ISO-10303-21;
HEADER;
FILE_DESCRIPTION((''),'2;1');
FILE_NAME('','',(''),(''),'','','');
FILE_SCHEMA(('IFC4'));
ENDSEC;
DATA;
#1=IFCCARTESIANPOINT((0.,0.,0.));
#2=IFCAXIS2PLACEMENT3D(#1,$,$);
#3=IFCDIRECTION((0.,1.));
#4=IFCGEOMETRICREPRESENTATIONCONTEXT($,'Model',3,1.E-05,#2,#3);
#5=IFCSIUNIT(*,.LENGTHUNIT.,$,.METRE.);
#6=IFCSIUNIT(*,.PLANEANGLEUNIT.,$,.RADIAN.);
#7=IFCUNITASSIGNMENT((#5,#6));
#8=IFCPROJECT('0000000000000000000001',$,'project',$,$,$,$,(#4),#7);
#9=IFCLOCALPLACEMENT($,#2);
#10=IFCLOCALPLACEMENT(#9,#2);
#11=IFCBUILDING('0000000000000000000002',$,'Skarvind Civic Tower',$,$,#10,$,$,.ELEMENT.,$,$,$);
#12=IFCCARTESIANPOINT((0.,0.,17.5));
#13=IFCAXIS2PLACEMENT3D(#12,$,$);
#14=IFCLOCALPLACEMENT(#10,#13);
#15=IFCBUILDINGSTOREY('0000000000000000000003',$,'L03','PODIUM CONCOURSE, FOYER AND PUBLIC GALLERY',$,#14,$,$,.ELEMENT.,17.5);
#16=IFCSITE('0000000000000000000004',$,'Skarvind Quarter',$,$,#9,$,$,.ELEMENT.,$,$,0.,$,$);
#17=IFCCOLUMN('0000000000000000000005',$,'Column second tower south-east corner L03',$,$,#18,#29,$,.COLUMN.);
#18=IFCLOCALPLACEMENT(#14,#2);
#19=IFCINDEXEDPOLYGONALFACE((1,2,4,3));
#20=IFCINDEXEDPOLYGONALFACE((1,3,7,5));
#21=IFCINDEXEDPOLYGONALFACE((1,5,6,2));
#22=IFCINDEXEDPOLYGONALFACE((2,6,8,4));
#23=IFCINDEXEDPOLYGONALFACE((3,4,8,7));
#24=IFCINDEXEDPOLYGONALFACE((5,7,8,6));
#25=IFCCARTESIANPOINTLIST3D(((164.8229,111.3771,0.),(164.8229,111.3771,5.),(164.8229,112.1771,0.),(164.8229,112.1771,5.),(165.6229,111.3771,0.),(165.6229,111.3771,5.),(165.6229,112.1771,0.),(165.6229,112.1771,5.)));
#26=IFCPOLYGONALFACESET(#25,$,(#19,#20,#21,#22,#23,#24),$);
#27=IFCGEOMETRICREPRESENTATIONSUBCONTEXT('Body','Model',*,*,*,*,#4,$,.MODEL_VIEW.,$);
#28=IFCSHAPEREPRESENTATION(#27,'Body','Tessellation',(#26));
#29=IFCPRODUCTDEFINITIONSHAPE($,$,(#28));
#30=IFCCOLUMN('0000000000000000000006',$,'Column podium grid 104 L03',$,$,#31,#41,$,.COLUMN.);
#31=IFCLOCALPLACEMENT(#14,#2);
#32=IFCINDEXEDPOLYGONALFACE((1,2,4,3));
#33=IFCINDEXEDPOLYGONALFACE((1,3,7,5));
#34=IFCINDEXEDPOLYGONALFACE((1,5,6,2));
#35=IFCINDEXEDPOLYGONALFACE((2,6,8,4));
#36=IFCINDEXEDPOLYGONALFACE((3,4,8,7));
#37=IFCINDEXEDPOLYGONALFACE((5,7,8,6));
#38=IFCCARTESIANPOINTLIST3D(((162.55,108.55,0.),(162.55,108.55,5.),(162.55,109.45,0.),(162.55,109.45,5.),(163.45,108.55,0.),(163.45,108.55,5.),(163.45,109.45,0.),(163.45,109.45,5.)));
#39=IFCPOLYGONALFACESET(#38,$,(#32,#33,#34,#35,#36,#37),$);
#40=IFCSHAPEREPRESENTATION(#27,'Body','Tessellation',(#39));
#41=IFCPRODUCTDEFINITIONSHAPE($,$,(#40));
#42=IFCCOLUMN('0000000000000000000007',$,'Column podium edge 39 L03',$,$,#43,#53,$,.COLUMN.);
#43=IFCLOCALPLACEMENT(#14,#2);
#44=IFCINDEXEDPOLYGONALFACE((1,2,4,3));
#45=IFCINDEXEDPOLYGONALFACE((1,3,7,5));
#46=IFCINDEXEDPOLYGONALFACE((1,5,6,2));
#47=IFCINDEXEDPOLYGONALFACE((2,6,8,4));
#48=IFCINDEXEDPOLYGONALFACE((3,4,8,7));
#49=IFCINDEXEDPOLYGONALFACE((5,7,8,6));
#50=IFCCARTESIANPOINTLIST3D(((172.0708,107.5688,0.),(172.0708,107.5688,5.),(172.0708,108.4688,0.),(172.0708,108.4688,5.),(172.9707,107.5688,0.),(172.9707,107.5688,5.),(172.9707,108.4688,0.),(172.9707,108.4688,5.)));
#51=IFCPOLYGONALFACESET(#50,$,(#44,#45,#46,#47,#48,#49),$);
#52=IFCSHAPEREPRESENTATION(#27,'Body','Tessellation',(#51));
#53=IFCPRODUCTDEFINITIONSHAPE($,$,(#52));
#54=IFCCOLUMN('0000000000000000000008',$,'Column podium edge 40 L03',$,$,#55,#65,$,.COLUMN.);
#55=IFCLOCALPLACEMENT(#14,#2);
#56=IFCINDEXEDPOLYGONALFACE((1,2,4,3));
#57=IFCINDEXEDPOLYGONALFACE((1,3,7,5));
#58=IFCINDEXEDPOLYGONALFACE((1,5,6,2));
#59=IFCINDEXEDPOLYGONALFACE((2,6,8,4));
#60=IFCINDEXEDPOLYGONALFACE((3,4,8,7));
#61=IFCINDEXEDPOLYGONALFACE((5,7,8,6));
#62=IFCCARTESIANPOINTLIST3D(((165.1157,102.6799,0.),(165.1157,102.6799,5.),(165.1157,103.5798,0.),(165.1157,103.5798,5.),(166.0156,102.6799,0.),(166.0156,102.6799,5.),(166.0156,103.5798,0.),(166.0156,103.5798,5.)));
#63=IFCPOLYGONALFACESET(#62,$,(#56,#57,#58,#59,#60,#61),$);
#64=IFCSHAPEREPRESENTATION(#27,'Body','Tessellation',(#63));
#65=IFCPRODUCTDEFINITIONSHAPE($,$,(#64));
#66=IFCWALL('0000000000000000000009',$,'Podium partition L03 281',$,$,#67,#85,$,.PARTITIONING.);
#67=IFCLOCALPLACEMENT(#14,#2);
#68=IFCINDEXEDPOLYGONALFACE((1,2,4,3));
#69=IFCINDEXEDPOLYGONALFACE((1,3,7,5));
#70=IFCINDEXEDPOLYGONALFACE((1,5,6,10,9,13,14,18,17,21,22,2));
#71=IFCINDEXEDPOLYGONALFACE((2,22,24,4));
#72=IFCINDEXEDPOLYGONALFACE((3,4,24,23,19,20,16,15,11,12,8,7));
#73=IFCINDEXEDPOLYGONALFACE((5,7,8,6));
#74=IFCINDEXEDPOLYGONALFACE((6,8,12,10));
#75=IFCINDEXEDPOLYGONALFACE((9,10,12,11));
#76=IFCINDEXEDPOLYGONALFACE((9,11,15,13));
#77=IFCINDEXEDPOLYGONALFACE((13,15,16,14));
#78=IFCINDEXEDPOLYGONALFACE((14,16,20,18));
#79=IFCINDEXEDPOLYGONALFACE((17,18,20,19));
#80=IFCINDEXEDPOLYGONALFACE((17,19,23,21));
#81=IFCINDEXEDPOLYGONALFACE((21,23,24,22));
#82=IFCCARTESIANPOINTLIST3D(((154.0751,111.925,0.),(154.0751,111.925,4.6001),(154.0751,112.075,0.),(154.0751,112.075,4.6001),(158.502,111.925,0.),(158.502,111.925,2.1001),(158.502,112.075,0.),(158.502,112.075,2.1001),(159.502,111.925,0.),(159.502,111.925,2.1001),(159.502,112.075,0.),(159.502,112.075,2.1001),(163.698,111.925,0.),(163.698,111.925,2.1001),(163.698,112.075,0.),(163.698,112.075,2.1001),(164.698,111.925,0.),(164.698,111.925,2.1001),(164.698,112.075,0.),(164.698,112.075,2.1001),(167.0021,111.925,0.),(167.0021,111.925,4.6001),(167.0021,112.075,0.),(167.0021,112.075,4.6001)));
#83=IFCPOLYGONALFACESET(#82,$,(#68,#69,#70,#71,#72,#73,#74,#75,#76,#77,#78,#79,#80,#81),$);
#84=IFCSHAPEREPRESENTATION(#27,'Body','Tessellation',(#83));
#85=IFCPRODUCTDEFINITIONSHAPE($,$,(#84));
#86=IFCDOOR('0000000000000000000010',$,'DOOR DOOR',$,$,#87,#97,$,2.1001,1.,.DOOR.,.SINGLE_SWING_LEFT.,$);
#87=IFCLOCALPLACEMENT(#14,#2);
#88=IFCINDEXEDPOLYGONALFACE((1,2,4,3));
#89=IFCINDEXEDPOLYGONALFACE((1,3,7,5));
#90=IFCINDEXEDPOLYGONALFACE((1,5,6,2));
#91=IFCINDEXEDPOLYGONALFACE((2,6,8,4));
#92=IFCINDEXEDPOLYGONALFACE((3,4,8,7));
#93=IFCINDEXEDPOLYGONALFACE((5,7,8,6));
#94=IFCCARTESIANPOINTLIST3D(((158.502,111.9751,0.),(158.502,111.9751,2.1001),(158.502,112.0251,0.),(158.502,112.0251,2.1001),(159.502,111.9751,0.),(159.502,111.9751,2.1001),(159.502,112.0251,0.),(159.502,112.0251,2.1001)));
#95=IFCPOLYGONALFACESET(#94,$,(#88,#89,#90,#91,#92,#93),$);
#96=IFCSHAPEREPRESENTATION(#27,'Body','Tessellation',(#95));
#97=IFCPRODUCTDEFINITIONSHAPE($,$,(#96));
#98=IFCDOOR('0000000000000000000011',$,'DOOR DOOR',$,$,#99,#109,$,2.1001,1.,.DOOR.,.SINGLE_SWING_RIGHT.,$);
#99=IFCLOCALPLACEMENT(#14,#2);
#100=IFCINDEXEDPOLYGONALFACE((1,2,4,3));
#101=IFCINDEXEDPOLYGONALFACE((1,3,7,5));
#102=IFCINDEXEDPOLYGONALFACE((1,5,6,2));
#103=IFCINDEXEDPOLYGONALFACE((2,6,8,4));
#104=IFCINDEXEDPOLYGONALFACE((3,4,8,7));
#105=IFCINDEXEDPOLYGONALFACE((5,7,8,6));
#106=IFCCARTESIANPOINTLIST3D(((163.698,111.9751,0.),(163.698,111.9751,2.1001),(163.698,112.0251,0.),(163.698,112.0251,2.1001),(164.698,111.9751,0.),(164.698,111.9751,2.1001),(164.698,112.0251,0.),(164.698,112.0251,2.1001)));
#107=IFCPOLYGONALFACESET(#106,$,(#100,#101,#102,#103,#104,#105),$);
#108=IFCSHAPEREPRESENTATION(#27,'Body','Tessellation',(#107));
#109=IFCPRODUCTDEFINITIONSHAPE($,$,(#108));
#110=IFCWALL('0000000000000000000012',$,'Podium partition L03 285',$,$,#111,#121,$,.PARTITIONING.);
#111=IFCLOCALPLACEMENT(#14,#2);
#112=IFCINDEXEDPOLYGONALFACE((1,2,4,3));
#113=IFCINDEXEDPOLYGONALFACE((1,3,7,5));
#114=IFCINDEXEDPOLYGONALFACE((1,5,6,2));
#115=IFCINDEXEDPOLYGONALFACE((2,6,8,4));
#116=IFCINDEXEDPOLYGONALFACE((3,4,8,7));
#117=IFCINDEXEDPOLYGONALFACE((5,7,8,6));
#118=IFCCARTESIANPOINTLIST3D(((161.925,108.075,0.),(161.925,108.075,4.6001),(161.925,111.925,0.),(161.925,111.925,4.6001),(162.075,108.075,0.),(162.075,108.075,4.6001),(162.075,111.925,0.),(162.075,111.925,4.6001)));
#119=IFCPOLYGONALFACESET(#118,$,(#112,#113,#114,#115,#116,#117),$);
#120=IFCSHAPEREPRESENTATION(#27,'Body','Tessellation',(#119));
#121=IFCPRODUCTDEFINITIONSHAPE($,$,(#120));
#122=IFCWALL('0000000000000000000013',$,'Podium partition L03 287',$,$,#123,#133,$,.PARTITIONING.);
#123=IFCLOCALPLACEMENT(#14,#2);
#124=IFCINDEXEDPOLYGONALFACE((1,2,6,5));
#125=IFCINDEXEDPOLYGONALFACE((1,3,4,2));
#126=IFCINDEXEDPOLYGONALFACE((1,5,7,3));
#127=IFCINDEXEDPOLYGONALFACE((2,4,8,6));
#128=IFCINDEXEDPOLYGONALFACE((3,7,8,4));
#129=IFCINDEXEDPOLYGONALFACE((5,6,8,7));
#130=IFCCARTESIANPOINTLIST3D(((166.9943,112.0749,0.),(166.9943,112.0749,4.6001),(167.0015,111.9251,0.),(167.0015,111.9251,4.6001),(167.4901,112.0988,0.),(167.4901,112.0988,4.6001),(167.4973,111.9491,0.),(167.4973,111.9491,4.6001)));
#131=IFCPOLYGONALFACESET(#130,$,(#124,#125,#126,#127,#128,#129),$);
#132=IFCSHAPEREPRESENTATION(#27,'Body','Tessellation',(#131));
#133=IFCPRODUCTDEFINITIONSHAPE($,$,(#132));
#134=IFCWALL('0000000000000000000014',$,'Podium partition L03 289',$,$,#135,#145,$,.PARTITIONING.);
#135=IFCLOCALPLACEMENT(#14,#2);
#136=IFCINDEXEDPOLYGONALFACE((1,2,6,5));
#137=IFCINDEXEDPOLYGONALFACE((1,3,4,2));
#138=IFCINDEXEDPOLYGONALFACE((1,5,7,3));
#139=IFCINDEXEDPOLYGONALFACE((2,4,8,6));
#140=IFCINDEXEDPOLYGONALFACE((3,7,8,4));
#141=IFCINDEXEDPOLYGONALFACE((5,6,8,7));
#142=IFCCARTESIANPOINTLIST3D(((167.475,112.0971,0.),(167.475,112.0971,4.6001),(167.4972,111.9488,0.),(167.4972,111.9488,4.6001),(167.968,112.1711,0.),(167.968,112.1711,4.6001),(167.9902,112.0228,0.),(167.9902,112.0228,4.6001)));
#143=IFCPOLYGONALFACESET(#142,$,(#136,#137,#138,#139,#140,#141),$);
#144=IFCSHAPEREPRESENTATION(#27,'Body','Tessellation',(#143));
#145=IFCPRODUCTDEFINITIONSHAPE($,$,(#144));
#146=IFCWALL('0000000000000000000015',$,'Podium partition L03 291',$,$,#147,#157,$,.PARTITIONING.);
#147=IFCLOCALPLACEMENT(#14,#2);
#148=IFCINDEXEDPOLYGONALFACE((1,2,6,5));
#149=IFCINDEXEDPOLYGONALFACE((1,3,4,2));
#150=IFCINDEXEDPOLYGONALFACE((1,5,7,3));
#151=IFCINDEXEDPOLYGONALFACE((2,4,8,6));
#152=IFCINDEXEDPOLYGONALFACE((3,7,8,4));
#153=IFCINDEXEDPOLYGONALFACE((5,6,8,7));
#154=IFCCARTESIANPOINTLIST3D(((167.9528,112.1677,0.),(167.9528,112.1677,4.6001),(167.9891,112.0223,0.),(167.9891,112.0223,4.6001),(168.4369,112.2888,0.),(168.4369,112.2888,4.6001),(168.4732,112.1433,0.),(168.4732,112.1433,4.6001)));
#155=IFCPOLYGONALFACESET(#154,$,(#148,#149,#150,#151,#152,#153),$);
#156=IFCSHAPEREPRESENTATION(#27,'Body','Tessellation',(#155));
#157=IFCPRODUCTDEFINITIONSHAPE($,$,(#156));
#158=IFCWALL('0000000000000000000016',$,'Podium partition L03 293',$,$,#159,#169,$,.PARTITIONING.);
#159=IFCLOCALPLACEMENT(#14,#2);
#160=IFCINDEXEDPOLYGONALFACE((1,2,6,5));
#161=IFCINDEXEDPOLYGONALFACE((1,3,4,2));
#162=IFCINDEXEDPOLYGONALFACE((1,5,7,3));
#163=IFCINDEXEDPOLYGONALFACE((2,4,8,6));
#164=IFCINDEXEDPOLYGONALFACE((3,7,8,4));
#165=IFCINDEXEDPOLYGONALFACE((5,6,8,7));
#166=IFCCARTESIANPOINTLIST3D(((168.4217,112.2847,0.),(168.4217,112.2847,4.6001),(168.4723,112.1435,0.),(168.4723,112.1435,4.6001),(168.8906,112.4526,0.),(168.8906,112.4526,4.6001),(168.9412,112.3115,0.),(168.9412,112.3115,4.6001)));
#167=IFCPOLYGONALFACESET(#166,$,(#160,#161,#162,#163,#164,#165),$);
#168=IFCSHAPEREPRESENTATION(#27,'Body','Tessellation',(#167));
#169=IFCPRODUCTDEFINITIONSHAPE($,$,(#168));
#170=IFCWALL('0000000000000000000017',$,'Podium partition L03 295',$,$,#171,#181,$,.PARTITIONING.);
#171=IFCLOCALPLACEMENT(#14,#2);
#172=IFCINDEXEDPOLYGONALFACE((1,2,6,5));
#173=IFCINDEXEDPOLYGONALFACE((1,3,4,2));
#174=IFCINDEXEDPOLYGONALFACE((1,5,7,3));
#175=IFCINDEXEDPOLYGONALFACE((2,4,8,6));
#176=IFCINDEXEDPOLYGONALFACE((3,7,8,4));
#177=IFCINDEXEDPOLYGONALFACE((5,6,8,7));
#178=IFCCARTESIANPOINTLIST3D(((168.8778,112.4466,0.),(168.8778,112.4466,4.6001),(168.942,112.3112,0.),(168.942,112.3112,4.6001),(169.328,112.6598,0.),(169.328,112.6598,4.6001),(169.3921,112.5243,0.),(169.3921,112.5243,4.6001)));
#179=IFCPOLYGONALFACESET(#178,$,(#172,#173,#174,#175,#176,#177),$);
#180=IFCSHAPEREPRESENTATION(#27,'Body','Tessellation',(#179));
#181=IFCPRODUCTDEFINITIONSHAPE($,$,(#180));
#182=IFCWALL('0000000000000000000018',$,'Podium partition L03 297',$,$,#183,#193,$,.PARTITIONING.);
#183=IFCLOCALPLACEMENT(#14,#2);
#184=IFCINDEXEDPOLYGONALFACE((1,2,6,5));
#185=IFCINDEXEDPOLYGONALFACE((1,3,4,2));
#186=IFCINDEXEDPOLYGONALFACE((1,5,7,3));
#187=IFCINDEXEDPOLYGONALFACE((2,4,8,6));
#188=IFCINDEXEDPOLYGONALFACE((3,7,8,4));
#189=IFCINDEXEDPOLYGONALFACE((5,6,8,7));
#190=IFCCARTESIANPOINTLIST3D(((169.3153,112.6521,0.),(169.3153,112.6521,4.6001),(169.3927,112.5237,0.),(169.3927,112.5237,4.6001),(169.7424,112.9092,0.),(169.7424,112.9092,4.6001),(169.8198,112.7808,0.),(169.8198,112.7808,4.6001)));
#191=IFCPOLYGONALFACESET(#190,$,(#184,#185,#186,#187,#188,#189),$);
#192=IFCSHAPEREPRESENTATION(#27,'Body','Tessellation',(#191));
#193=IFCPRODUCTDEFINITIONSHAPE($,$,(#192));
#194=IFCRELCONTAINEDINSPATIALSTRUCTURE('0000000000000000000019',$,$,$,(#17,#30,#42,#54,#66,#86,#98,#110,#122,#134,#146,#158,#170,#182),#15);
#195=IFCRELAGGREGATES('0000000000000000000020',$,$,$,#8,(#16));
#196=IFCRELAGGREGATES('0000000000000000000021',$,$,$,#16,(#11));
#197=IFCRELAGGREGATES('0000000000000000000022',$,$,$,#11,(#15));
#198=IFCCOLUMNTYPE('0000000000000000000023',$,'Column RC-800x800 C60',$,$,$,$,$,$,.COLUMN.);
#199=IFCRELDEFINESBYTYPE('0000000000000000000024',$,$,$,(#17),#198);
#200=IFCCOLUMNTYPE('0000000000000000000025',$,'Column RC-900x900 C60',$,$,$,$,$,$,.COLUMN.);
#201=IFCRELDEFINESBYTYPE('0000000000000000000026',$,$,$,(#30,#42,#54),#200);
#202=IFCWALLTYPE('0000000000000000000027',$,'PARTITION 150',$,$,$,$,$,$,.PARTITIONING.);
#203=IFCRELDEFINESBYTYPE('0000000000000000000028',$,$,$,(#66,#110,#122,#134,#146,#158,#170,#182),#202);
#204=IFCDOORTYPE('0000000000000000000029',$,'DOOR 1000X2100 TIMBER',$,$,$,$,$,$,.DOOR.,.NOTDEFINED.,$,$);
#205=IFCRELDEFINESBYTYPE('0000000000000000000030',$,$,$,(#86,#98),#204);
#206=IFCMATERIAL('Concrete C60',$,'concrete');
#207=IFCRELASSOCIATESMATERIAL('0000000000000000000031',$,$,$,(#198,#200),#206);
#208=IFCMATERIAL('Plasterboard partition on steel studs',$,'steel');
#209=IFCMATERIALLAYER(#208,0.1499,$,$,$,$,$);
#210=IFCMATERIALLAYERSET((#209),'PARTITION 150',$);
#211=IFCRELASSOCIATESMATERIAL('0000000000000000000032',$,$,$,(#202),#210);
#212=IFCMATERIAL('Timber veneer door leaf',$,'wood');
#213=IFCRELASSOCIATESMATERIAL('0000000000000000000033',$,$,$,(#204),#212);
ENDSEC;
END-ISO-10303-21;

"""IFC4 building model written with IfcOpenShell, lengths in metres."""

from ifc_helpers import new_model, si_unit, direction, frame, frame_2d, origin, origin_2d, place, context, subcontext, project, spatial, rectangle, extrude, material, layer, layer_set, material_profile, profile_set, type_object, element, fill, save


model = new_model("IFC4")

# Units and contexts
model_context = context("Model", 3, precision=1e-05, world=origin(), true_north=direction((0.0, 1.0)))
body_context = subcontext(model_context, "Body", "Model", "MODEL_VIEW")
ifc_project = project(units=[si_unit("LENGTHUNIT", "METRE"), si_unit("PLANEANGLEUNIT", "RADIAN")], contexts=[model_context])

# Site, building, storey
site_placement = place(None, origin())
site = spatial("IfcSite", under=ifc_project, at=site_placement, Name="Skarvind Quarter", CompositionType="ELEMENT", RefElevation=0.0)
building_placement = place(site_placement, origin())
building = spatial("IfcBuilding", under=site, at=building_placement, Name="Skarvind Civic Tower", CompositionType="ELEMENT")
storey_placement = place(building_placement, frame((0.0, 0.0, 17.5)))
storey = spatial("IfcBuildingStorey", under=building, at=storey_placement, Name="L03", Description="PODIUM CONCOURSE, FOYER AND PUBLIC GALLERY", CompositionType="ELEMENT", Elevation=17.5)

# Columns
ifc_material_1 = material(Name="Concrete C60", Category="concrete")
ifc_material_profile_1 = material_profile(ifc_material_1, rectangle(XDim=0.8, YDim=0.8, at=origin_2d()), Name="RC-800x800")
ifc_profile_set_1 = profile_set([ifc_material_profile_1], Name="Concrete C60")
column_type_1 = type_object("IfcColumnType", Name="Column RC-800x800 C60", PredefinedType="COLUMN", material=ifc_profile_set_1)
column_placement = place(storey_placement, frame((165.2229, 111.7771, 0.0), z_axis=(0.0, 0.0, 1.0), x_axis=(1.0, 0.0, 0.0)))
element("IfcColumn", 1, at=column_placement, inside=storey, type_object=column_type_1, Name="Column second tower south-east corner L03", PredefinedType="COLUMN", context=body_context, shape_type="SweptSolid", body=[
    extrude(rectangle(XDim=0.8, YDim=0.8, at=origin_2d()), origin(), (0.0, 0.0, 1.0), 5.0),
])
ifc_material_profile_2 = material_profile(ifc_material_1, rectangle(XDim=0.8999, YDim=0.8999, at=origin_2d()), Name="RC-900x900")
ifc_profile_set_2 = profile_set([ifc_material_profile_2], Name="Concrete C60")
column_type_2 = type_object("IfcColumnType", Name="Column RC-900x900 C60", PredefinedType="COLUMN", material=ifc_profile_set_2)
for number, where, z_axis, x_axis, name in (
    (2, (163.0, 109.0, 0.0), (0.0, 0.0, 1.0), (1.0, 0.0, 0.0), "Column podium grid 104 L03"),
    (3, (172.5208, 108.0188, 0.0), (0.0, 0.0, 1.0), (1.0, 0.0, 0.0), "Column podium edge 39 L03"),
    (4, (165.5657, 103.1299, 0.0), (0.0, 0.0, 1.0), (1.0, 0.0, 0.0), "Column podium edge 40 L03"),
):
    element("IfcColumn", number, at=place(storey_placement, frame(where, z_axis=z_axis, x_axis=x_axis)), inside=storey, type_object=column_type_2, Name=name, PredefinedType="COLUMN", context=body_context, shape_type="SweptSolid", body=[
        extrude(rectangle(XDim=0.8999, YDim=0.8999, at=origin_2d()), origin(), (0.0, 0.0, 1.0), 5.0),
    ])

# Wall, openings, doors
ifc_material_2 = material(Name="Plasterboard partition on steel studs", Category="steel")
ifc_layer_1 = layer(ifc_material_2, 0.1499)
ifc_layer_set_1 = layer_set([ifc_layer_1], Name="PARTITION 150")
wall_type_1 = type_object("IfcWallType", Name="PARTITION 150", PredefinedType="PARTITIONING", material=ifc_layer_set_1)
wall_1_placement = place(storey_placement, frame((167.002, 112.0, 0.0), z_axis=(0.0, 0.0, 1.0), x_axis=(-1.0, 0.0, 0.0)))
wall_1 = element("IfcWall", 5, at=wall_1_placement, inside=storey, type_object=wall_type_1, Name="Podium partition L03 281", PredefinedType="PARTITIONING", context=body_context, shape_type="SweptSolid", body=[
    extrude(rectangle(XDim=12.927, YDim=0.1499, at=frame_2d((6.4634, 0.0))), origin(), (0.0, 0.0, 1.0), 4.6001),
])
opening_1_placement = place(wall_1_placement, frame((7.5, 0.0, 0.0)))
opening_1 = element("IfcOpeningElement", 6, at=opening_1_placement, cuts=wall_1, PredefinedType="OPENING", context=body_context, shape_type="SweptSolid", body=[
    extrude(rectangle(XDim=1.0, YDim=2.1001, at=frame_2d((0.5, 1.05))), frame((0.0, 0.085, 0.0), z_axis=(0.0, -1.0, 0.0), x_axis=(1.0, 0.0, 0.0)), (0.0, 0.0, 1.0), 0.1699),
])
opening_2_placement = place(wall_1_placement, frame((2.304, 0.0, 0.0)))
opening_2 = element("IfcOpeningElement", 7, at=opening_2_placement, cuts=wall_1, PredefinedType="OPENING", context=body_context, shape_type="SweptSolid", body=[
    extrude(rectangle(XDim=1.0, YDim=2.1001, at=frame_2d((0.5, 1.05))), frame((0.0, 0.085, 0.0), z_axis=(0.0, -1.0, 0.0), x_axis=(1.0, 0.0, 0.0)), (0.0, 0.0, 1.0), 0.1699),
])
ifc_material_3 = material(Name="Timber veneer door leaf", Category="wood")
door_type = type_object("IfcDoorType", Name="DOOR 1000X2100 TIMBER", OperationType="NOTDEFINED", PredefinedType="DOOR", material=ifc_material_3)
door_1_placement = place(opening_1_placement, origin())
door_1 = element("IfcDoor", 8, at=door_1_placement, inside=storey, type_object=door_type, Name="DOOR DOOR", OperationType="SINGLE_SWING_LEFT", OverallHeight=2.1001, OverallWidth=1.0, PredefinedType="DOOR", context=body_context, shape_type="SweptSolid", body=[
    extrude(rectangle(XDim=1.0, YDim=2.1001, at=frame_2d((0.5, 1.05))), frame((0.0, 0.0249, 0.0), z_axis=(0.0, -1.0, 0.0), x_axis=(1.0, 0.0, 0.0)), (0.0, 0.0, 1.0), 0.05),
])
fill(opening_1, door_1)
door_2_placement = place(opening_2_placement, origin())
door_2 = element("IfcDoor", 9, at=door_2_placement, inside=storey, type_object=door_type, Name="DOOR DOOR", OperationType="SINGLE_SWING_RIGHT", OverallHeight=2.1001, OverallWidth=1.0, PredefinedType="DOOR", context=body_context, shape_type="SweptSolid", body=[
    extrude(rectangle(XDim=1.0, YDim=2.1001, at=frame_2d((0.5, 1.05))), frame((0.0, 0.0249, 0.0), z_axis=(0.0, -1.0, 0.0), x_axis=(1.0, 0.0, 0.0)), (0.0, 0.0, 1.0), 0.05),
])
fill(opening_2, door_2)

# Walls
wall_2_placement = place(storey_placement, frame((162.0, 108.075, 0.0), z_axis=(0.0, 0.0, 1.0), x_axis=(0.0, 1.0, 0.0)))
element("IfcWall", 10, at=wall_2_placement, inside=storey, type_object=wall_type_1, Name="Podium partition L03 285", PredefinedType="PARTITIONING", context=body_context, shape_type="SweptSolid", body=[
    extrude(rectangle(XDim=3.8501, YDim=0.1499, at=frame_2d((1.925, 0.0))), origin(), (0.0, 0.0, 1.0), 4.6001),
])
wall_3_placement = place(storey_placement, frame((166.998, 112.0, 0.0), z_axis=(0.0, 0.0, 1.0), x_axis=(0.998838, 0.048196, 0.0)))
element("IfcWall", 11, at=wall_3_placement, inside=storey, type_object=wall_type_1, Name="Podium partition L03 287", PredefinedType="PARTITIONING", context=body_context, shape_type="SweptSolid", body=[
    extrude(rectangle(XDim=0.4963, YDim=0.1499, at=frame_2d((0.248, 0.0))), origin(), (0.0, 0.0, 1.0), 4.6001),
])
wall_4_placement = place(storey_placement, frame((167.4861, 112.0229, 0.0), z_axis=(0.0, 0.0, 1.0), x_axis=(0.988926, 0.148412, 0.0)))
element("IfcWall", 12, at=wall_4_placement, inside=storey, type_object=wall_type_1, Name="Podium partition L03 289", PredefinedType="PARTITIONING", context=body_context, shape_type="SweptSolid", body=[
    extrude(rectangle(XDim=0.4985, YDim=0.1499, at=frame_2d((0.2493, 0.0))), origin(), (0.0, 0.0, 1.0), 4.6001),
])
wall_5_placement = place(storey_placement, frame((167.9709, 112.095, 0.0), z_axis=(0.0, 0.0, 1.0), x_axis=(0.970114, 0.242651, 0.0)))
element("IfcWall", 13, at=wall_5_placement, inside=storey, type_object=wall_type_1, Name="Podium partition L03 291", PredefinedType="PARTITIONING", context=body_context, shape_type="SweptSolid", body=[
    extrude(rectangle(XDim=0.499, YDim=0.1499, at=frame_2d((0.2495, 0.0))), origin(), (0.0, 0.0, 1.0), 4.6001),
])
for number, where, z_axis, x_axis, name in (
    (14, (168.447, 112.2141, 0.0), (0.0, 0.0, 1.0), (0.941442, 0.337174, 0.0), "Podium partition L03 293"),
    (15, (168.9099, 112.3789, 0.0), (0.0, 0.0, 1.0), (0.903828, 0.427897, 0.0), "Podium partition L03 295"),
):
    element("IfcWall", number, at=place(storey_placement, frame(where, z_axis=z_axis, x_axis=x_axis)), inside=storey, type_object=wall_type_1, Name=name, PredefinedType="PARTITIONING", context=body_context, shape_type="SweptSolid", body=[
        extrude(rectangle(XDim=0.498, YDim=0.1499, at=frame_2d((0.249, 0.0))), origin(), (0.0, 0.0, 1.0), 4.6001),
    ])
wall_6_placement = place(storey_placement, frame((169.354, 112.5879, 0.0), z_axis=(0.0, 0.0, 1.0), x_axis=(0.856714, 0.515792, 0.0)))
element("IfcWall", 16, at=wall_6_placement, inside=storey, type_object=wall_type_1, Name="Podium partition L03 297", PredefinedType="PARTITIONING", context=body_context, shape_type="SweptSolid", body=[
    extrude(rectangle(XDim=0.4985, YDim=0.1499, at=frame_2d((0.2493, 0.0))), origin(), (0.0, 0.0, 1.0), 4.6001),
])

save(model, "model.ifc")
